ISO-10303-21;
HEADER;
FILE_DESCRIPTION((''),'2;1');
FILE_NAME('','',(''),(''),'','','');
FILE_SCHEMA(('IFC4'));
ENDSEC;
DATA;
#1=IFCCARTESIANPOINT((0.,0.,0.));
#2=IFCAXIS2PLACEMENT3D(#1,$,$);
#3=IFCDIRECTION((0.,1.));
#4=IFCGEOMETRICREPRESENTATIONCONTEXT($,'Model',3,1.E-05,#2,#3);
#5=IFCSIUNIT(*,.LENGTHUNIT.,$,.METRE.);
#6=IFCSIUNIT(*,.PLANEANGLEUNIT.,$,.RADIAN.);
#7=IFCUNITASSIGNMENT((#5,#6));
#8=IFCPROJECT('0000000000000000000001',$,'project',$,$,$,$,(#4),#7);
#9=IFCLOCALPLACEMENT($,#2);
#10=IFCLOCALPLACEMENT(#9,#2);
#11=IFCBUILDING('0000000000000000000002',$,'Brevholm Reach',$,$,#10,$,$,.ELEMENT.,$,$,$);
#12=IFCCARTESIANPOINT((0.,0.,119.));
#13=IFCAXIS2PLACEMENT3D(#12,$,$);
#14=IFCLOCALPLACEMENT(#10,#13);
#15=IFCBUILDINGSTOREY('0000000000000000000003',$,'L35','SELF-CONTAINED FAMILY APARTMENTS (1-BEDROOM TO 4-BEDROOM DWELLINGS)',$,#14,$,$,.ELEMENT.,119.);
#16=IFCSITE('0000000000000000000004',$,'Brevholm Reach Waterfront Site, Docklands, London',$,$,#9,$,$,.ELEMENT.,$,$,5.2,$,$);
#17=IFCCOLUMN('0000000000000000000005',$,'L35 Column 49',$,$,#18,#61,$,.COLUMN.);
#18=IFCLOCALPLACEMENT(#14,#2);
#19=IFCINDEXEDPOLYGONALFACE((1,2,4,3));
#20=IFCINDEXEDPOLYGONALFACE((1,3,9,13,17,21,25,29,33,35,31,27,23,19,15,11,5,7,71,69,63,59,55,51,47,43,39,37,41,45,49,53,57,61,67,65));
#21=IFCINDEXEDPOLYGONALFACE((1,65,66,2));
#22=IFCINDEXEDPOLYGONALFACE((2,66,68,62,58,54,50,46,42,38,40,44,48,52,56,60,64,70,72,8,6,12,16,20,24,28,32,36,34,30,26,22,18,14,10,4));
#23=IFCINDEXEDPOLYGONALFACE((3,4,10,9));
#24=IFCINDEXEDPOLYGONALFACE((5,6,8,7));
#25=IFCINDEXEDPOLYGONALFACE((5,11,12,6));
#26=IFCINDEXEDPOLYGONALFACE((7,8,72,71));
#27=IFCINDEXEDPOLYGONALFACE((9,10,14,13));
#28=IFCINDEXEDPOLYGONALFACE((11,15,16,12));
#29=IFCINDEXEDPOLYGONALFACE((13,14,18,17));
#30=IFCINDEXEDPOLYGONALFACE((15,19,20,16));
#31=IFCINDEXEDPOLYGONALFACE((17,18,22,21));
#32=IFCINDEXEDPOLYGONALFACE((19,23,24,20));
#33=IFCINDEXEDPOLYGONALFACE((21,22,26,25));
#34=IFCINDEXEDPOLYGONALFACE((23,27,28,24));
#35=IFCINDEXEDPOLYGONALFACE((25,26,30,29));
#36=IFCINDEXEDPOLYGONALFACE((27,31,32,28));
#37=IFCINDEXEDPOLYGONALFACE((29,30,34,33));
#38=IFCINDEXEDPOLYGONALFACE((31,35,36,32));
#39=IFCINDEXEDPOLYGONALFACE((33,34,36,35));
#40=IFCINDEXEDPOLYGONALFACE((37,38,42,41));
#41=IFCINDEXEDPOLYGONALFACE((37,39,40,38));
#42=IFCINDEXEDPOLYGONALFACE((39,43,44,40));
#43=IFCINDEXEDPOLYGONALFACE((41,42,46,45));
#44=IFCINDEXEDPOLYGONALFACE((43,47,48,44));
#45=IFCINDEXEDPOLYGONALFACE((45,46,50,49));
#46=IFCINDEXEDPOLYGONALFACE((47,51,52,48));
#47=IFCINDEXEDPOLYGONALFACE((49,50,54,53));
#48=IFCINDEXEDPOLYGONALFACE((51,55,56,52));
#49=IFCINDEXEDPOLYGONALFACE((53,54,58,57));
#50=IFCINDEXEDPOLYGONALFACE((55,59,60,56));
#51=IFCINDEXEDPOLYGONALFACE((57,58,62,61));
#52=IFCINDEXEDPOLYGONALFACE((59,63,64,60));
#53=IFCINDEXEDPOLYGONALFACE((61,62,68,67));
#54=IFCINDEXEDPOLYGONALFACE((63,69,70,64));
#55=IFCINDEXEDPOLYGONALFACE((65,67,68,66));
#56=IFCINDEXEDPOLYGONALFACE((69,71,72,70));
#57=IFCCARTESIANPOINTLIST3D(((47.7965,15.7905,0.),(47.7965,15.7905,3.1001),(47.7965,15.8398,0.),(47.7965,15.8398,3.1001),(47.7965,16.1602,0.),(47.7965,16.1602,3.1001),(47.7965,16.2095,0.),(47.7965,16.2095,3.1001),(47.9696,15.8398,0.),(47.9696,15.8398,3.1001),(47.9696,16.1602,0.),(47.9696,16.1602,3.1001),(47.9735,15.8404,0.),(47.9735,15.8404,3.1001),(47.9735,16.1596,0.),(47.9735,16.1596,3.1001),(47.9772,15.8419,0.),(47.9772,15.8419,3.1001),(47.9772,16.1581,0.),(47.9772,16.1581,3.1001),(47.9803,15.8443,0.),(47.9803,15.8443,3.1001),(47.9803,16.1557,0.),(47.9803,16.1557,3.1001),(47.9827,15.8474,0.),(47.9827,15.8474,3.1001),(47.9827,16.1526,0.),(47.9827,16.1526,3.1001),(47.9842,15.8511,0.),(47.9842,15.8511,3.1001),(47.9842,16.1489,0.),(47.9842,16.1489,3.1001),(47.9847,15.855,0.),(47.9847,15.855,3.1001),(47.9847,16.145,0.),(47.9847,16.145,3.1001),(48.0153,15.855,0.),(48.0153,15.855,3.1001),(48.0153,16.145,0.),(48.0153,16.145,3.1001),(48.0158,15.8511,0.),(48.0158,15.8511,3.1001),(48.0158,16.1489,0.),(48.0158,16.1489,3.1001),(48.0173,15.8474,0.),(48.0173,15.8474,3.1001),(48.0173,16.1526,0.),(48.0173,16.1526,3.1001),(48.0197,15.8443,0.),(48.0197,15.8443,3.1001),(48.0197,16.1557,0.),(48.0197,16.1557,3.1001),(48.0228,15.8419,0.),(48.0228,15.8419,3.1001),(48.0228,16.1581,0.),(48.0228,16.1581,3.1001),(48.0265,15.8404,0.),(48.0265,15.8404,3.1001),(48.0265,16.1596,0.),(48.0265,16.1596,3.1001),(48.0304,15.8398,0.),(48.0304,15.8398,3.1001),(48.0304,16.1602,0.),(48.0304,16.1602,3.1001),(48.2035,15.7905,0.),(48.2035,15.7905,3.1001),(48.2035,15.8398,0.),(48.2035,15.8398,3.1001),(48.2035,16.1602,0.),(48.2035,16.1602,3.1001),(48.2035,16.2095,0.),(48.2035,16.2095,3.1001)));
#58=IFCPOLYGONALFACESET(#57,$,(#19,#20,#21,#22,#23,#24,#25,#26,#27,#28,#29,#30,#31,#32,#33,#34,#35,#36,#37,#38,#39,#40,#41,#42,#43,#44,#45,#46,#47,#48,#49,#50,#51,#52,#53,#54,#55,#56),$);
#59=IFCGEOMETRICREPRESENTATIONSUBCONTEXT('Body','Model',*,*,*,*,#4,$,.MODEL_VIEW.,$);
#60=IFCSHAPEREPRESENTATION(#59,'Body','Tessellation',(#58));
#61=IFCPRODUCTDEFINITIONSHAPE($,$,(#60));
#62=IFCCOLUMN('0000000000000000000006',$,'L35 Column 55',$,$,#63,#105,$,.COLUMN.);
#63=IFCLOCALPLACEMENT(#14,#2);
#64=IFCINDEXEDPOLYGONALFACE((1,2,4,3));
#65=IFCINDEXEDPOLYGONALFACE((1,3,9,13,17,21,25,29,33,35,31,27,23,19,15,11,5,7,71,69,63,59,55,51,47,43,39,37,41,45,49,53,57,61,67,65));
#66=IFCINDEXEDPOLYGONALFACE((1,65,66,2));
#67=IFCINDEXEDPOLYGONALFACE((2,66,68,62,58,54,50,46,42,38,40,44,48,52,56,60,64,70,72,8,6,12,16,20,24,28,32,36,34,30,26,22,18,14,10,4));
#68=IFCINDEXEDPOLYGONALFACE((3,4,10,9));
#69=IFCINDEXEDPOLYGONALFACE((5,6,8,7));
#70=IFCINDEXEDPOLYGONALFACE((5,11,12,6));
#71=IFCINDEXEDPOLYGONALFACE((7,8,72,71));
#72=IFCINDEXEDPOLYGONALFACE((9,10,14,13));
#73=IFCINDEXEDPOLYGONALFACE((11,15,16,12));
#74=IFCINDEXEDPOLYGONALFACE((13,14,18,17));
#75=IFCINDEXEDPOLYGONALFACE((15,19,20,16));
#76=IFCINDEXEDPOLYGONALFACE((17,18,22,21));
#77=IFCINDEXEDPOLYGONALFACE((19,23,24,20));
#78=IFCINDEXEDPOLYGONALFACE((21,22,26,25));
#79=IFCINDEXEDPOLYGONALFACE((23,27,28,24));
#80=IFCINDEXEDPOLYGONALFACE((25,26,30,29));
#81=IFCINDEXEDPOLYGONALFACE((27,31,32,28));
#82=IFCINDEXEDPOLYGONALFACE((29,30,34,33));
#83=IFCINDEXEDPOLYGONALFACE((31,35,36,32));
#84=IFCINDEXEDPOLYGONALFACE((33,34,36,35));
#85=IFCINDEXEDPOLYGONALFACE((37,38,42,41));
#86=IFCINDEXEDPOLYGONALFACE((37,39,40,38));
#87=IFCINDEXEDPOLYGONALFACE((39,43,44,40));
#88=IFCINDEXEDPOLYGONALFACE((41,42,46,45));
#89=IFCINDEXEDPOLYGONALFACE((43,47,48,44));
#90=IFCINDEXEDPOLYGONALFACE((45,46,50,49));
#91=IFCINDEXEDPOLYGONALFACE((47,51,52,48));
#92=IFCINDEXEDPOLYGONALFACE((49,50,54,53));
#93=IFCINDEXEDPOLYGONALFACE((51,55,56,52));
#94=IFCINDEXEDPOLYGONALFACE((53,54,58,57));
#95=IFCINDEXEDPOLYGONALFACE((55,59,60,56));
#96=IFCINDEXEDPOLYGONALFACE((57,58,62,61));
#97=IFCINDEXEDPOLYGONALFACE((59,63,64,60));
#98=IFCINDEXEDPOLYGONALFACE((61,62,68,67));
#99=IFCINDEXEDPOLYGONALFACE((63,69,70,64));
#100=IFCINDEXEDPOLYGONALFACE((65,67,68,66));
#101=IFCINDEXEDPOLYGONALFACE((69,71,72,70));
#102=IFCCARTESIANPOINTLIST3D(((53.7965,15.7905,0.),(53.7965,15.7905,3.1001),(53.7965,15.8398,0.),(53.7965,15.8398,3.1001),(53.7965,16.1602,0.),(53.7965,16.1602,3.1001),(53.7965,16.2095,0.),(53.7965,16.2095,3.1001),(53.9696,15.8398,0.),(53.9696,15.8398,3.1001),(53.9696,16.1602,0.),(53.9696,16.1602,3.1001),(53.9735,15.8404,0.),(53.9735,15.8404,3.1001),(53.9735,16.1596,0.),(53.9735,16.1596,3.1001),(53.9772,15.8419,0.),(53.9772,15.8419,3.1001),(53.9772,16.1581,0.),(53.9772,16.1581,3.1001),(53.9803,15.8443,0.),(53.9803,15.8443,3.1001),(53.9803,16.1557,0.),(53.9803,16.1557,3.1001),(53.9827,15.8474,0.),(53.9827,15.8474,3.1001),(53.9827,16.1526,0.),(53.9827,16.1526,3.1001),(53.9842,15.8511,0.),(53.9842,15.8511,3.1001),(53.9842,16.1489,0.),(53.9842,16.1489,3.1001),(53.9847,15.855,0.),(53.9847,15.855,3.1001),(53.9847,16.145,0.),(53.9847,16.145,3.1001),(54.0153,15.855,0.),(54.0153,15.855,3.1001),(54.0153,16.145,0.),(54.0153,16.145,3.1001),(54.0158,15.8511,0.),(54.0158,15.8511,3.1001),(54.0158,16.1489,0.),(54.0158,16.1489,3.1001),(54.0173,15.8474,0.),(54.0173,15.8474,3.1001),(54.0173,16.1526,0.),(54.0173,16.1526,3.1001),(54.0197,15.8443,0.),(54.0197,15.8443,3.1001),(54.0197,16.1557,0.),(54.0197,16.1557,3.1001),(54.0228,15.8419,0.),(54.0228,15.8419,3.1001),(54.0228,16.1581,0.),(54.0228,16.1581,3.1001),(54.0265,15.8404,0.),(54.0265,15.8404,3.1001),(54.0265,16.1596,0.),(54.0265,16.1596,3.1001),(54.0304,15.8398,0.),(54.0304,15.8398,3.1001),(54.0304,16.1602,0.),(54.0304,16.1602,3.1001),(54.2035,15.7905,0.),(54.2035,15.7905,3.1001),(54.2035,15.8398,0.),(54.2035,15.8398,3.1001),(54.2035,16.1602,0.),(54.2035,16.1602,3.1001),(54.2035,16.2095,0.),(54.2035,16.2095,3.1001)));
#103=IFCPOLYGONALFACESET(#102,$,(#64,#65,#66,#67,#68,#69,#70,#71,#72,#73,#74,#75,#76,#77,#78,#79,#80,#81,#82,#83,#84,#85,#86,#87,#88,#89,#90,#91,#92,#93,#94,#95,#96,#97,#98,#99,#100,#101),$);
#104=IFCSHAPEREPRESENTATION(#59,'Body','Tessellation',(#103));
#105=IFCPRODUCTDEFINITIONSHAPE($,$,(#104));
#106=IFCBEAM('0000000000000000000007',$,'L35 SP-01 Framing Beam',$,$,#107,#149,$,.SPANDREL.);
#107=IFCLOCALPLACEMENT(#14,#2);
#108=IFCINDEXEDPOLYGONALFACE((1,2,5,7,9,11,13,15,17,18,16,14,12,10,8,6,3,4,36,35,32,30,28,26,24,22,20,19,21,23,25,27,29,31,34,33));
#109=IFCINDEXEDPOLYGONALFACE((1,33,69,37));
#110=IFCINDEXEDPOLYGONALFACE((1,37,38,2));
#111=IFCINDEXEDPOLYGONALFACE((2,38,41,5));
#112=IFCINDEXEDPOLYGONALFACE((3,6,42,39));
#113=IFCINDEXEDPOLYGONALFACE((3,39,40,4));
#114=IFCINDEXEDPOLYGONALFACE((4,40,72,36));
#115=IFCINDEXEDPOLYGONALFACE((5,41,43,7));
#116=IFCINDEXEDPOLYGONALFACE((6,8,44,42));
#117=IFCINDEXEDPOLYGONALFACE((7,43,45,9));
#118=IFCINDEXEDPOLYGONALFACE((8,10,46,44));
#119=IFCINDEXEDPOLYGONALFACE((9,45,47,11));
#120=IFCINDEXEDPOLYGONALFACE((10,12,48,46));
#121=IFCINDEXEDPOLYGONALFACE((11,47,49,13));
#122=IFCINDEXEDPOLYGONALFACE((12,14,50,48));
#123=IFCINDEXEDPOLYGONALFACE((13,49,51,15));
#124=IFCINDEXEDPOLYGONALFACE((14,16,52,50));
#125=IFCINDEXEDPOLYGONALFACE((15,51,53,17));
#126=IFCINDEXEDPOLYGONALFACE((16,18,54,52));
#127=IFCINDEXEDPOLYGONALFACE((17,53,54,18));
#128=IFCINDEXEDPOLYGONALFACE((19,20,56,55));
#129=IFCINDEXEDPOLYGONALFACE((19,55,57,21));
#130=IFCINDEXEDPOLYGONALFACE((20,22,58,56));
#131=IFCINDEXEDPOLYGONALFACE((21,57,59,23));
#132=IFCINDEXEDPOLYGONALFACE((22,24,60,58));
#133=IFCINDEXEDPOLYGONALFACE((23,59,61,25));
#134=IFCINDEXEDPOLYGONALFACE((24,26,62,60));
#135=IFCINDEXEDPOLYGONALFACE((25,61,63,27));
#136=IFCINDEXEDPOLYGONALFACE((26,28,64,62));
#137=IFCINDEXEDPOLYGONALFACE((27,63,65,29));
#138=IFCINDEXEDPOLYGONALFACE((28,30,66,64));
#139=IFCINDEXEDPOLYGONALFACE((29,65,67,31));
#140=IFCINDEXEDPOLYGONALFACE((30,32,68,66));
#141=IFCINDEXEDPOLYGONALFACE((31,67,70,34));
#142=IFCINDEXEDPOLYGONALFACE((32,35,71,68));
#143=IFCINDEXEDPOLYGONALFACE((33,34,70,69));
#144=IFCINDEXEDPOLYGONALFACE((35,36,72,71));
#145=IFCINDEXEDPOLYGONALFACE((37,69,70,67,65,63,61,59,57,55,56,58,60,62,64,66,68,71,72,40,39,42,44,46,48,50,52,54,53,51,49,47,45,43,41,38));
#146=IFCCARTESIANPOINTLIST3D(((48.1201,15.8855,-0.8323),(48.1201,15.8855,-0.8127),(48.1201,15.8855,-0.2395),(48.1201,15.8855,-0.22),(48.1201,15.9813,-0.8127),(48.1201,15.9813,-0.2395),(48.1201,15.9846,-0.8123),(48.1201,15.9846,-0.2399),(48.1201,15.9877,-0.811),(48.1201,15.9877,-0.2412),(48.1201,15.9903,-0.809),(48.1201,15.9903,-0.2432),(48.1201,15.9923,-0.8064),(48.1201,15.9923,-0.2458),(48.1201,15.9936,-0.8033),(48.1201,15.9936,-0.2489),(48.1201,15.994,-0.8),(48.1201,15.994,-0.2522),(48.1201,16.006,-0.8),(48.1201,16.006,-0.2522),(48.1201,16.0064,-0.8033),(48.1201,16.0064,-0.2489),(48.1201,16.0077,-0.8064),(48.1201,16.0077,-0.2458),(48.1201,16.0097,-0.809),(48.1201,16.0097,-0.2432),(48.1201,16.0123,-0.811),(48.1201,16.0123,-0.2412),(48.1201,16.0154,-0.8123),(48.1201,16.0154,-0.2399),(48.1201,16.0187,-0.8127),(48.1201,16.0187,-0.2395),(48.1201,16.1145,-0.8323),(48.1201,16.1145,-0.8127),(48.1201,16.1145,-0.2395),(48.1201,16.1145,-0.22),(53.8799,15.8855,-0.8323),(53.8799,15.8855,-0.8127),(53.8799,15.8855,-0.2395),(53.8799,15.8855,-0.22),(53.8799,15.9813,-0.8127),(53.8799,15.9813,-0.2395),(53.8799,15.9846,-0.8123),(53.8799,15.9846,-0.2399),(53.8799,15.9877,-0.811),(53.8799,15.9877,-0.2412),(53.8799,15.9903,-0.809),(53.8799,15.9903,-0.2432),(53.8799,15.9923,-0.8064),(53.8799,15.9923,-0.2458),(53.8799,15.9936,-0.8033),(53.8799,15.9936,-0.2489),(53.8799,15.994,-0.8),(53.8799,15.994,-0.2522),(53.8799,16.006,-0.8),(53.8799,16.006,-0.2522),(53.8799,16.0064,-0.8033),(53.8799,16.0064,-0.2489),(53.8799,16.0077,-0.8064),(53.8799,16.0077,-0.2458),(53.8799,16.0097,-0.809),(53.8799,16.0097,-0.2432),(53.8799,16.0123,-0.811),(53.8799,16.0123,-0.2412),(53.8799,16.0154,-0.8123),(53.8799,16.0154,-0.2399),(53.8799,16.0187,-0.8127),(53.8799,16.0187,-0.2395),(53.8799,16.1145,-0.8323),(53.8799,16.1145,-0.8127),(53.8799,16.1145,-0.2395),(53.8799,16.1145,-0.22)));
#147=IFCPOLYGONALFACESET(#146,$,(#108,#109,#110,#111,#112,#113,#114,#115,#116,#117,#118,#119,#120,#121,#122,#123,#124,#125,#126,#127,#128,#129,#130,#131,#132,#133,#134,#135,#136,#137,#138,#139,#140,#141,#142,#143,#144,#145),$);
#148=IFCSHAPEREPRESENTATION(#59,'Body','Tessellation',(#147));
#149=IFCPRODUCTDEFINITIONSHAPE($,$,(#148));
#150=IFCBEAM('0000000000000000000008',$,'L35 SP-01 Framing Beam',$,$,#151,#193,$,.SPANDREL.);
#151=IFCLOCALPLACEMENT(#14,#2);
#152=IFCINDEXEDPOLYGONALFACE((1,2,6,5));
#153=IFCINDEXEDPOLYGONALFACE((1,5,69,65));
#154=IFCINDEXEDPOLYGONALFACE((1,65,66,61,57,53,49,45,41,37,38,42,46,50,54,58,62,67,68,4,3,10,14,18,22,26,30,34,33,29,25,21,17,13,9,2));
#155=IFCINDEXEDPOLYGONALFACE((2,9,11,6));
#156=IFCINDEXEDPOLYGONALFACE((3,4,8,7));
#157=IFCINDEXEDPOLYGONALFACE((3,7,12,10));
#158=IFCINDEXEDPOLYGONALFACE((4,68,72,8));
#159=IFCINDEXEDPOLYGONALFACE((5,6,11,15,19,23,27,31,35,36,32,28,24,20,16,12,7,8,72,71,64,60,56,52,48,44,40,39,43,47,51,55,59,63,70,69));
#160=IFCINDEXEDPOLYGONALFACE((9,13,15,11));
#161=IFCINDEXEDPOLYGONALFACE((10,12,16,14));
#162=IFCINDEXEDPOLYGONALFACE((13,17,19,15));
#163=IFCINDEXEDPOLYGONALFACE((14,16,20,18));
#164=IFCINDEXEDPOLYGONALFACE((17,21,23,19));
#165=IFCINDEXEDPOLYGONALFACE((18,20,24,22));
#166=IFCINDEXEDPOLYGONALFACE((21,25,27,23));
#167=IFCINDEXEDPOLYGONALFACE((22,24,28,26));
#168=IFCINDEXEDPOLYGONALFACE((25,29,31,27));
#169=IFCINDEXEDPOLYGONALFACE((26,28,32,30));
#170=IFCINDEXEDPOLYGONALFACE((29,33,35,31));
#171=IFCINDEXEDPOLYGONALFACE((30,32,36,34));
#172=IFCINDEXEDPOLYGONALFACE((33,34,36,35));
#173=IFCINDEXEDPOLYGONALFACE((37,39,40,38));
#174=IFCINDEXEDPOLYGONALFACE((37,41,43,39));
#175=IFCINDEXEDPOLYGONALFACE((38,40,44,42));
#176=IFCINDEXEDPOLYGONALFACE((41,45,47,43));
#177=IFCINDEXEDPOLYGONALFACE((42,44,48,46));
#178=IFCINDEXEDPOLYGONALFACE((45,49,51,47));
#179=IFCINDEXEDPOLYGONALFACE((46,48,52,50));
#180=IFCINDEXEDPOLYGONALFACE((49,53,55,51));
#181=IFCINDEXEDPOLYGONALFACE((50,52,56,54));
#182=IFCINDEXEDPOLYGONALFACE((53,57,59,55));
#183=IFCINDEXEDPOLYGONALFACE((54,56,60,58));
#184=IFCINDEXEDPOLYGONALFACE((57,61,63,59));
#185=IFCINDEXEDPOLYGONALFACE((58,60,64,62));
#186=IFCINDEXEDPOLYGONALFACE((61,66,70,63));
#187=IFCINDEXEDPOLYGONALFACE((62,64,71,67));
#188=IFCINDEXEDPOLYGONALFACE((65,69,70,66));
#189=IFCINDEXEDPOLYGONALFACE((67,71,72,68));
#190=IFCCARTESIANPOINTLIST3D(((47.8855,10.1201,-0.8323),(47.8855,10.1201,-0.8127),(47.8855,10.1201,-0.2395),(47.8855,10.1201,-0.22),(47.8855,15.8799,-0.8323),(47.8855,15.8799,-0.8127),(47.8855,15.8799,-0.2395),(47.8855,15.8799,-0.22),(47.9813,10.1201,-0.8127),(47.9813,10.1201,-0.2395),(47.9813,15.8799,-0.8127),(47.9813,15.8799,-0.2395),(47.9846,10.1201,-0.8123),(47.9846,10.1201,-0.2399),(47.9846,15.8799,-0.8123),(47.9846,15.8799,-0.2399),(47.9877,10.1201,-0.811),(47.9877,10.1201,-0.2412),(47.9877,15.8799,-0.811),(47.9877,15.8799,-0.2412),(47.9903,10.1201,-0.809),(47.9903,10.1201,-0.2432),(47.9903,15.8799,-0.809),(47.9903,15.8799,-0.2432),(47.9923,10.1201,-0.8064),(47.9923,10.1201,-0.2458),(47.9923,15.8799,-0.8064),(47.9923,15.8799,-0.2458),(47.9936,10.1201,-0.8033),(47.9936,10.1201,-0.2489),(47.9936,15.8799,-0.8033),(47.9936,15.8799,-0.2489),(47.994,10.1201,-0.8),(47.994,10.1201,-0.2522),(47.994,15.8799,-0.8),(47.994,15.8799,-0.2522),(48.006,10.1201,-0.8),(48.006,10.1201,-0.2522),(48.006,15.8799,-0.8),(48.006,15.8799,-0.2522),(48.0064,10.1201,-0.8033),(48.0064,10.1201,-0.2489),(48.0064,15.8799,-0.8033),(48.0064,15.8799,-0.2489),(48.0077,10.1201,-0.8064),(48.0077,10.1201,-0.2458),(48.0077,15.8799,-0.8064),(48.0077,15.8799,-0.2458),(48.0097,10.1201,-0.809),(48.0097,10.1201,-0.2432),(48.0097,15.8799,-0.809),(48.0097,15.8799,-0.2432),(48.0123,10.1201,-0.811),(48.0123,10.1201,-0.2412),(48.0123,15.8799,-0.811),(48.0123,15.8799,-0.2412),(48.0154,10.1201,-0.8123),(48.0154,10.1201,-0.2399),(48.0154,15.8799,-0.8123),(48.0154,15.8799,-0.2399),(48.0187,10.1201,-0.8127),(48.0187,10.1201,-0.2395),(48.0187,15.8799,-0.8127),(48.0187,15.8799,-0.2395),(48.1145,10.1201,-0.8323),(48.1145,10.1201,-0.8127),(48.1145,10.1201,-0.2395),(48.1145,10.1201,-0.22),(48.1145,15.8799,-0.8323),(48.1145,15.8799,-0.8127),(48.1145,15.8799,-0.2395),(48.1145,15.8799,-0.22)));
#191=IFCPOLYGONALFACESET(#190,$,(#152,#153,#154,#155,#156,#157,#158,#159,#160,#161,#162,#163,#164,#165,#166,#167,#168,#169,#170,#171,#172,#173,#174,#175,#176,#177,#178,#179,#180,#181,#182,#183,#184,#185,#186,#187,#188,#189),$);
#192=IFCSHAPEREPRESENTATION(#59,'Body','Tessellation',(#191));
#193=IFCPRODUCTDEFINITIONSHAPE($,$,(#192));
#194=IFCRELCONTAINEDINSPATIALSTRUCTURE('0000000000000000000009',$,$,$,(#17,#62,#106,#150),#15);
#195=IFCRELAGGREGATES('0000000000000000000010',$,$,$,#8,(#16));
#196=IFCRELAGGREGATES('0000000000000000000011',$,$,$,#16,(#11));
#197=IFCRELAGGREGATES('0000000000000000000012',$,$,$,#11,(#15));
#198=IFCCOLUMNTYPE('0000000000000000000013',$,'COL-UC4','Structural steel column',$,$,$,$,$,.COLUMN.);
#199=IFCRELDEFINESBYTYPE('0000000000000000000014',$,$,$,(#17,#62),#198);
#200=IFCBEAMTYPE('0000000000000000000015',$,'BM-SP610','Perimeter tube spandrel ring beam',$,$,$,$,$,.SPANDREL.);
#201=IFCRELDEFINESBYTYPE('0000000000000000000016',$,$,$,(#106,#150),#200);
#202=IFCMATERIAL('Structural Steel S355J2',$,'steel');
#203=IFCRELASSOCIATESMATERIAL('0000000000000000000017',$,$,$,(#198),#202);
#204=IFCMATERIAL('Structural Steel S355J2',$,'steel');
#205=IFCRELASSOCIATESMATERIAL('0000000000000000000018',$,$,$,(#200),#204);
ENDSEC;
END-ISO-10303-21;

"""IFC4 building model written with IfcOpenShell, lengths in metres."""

from ifc_helpers import new_model, si_unit, direction, frame, origin, origin_2d, place, context, subcontext, project, spatial, i_section, extrude, material, material_profile, profile_set, type_object, element, save


model = new_model("IFC4")

# Units and contexts
model_context = context("Model", 3, precision=1e-05, world=origin(), true_north=direction((0.0, 1.0)))
body_context = subcontext(model_context, "Body", "Model", "MODEL_VIEW")
ifc_project = project(units=[si_unit("LENGTHUNIT", "METRE"), si_unit("PLANEANGLEUNIT", "RADIAN")], contexts=[model_context])

# Site, building, storey
site_placement = place(None, origin())
site = spatial("IfcSite", under=ifc_project, at=site_placement, Name="Brevholm Reach Waterfront Site, Docklands, London", CompositionType="ELEMENT", RefElevation=5.2)
building_placement = place(site_placement, origin())
building = spatial("IfcBuilding", under=site, at=building_placement, Name="Brevholm Reach", CompositionType="ELEMENT")
storey_placement = place(building_placement, frame((0.0, 0.0, 119.0)))
storey = spatial("IfcBuildingStorey", under=building, at=storey_placement, Name="L35", Description="SELF-CONTAINED FAMILY APARTMENTS (1-BEDROOM TO 4-BEDROOM DWELLINGS)", CompositionType="ELEMENT", Elevation=119.0)

# Columns
ifc_material_1 = material(Name="Structural Steel S355J2", Category="steel")
ifc_material_profile_1 = material_profile(ifc_material_1, i_section(OverallWidth=0.407, OverallDepth=0.4189, WebThickness=0.0305, FlangeThickness=0.0493, FilletRadius=0.0151, at=origin_2d()), Name="UKC 356x406x393")
ifc_profile_set_1 = profile_set([ifc_material_profile_1], Name="Structural Steel S355J2")
column_type = type_object("IfcColumnType", Name="COL-UC4", Description="Structural steel column", PredefinedType="COLUMN", material=ifc_profile_set_1)
for number, where, z_axis, x_axis, name in (
    (1, (48.0, 16.0, 0.0), (0.0, 0.0, 1.0), (1.0, 0.0, 0.0), "L35 Column 49"),
    (2, (54.0, 16.0, 0.0), (0.0, 0.0, 1.0), (1.0, 0.0, 0.0), "L35 Column 55"),
):
    element("IfcColumn", number, at=place(storey_placement, frame(where, z_axis=z_axis, x_axis=x_axis)), inside=storey, type_object=column_type, Name=name, PredefinedType="COLUMN", context=body_context, shape_type="SweptSolid", body=[
        extrude(i_section(OverallWidth=0.407, OverallDepth=0.4189, WebThickness=0.0305, FlangeThickness=0.0493, FilletRadius=0.0151, at=origin_2d()), origin(), (0.0, 0.0, 1.0), 3.1001),
    ])

# Beams
ifc_material_2 = material(Name="Structural Steel S355J2", Category="steel")
ifc_material_profile_2 = material_profile(ifc_material_2, i_section(OverallWidth=0.229, OverallDepth=0.6123, WebThickness=0.012, FlangeThickness=0.0195, FilletRadius=0.0127, at=origin_2d()), Name="UKB 610x229x125")
ifc_profile_set_2 = profile_set([ifc_material_profile_2], Name="Structural Steel S355J2")
beam_type = type_object("IfcBeamType", Name="BM-SP610", Description="Perimeter tube spandrel ring beam", PredefinedType="SPANDREL", material=ifc_profile_set_2)
for number, where, z_axis, x_axis, name in (
    (3, (48.1201, 16.0, -0.5261), (1.0, 0.0, 0.0), (0.0, 1.0, 0.0), "L35 SP-01 Framing Beam"),
    (4, (48.0, 10.1201, -0.5261), (0.0, 1.0, 0.0), (-1.0, 0.0, 0.0), "L35 SP-01 Framing Beam"),
):
    element("IfcBeam", number, at=place(storey_placement, frame(where, z_axis=z_axis, x_axis=x_axis)), inside=storey, type_object=beam_type, Name=name, PredefinedType="SPANDREL", context=body_context, shape_type="SweptSolid", body=[
        extrude(i_section(OverallWidth=0.229, OverallDepth=0.6123, WebThickness=0.012, FlangeThickness=0.0195, FilletRadius=0.0127, at=origin_2d()), origin(), (0.0, 0.0, 1.0), 5.7598),
    ])

save(model, "model.ifc")
